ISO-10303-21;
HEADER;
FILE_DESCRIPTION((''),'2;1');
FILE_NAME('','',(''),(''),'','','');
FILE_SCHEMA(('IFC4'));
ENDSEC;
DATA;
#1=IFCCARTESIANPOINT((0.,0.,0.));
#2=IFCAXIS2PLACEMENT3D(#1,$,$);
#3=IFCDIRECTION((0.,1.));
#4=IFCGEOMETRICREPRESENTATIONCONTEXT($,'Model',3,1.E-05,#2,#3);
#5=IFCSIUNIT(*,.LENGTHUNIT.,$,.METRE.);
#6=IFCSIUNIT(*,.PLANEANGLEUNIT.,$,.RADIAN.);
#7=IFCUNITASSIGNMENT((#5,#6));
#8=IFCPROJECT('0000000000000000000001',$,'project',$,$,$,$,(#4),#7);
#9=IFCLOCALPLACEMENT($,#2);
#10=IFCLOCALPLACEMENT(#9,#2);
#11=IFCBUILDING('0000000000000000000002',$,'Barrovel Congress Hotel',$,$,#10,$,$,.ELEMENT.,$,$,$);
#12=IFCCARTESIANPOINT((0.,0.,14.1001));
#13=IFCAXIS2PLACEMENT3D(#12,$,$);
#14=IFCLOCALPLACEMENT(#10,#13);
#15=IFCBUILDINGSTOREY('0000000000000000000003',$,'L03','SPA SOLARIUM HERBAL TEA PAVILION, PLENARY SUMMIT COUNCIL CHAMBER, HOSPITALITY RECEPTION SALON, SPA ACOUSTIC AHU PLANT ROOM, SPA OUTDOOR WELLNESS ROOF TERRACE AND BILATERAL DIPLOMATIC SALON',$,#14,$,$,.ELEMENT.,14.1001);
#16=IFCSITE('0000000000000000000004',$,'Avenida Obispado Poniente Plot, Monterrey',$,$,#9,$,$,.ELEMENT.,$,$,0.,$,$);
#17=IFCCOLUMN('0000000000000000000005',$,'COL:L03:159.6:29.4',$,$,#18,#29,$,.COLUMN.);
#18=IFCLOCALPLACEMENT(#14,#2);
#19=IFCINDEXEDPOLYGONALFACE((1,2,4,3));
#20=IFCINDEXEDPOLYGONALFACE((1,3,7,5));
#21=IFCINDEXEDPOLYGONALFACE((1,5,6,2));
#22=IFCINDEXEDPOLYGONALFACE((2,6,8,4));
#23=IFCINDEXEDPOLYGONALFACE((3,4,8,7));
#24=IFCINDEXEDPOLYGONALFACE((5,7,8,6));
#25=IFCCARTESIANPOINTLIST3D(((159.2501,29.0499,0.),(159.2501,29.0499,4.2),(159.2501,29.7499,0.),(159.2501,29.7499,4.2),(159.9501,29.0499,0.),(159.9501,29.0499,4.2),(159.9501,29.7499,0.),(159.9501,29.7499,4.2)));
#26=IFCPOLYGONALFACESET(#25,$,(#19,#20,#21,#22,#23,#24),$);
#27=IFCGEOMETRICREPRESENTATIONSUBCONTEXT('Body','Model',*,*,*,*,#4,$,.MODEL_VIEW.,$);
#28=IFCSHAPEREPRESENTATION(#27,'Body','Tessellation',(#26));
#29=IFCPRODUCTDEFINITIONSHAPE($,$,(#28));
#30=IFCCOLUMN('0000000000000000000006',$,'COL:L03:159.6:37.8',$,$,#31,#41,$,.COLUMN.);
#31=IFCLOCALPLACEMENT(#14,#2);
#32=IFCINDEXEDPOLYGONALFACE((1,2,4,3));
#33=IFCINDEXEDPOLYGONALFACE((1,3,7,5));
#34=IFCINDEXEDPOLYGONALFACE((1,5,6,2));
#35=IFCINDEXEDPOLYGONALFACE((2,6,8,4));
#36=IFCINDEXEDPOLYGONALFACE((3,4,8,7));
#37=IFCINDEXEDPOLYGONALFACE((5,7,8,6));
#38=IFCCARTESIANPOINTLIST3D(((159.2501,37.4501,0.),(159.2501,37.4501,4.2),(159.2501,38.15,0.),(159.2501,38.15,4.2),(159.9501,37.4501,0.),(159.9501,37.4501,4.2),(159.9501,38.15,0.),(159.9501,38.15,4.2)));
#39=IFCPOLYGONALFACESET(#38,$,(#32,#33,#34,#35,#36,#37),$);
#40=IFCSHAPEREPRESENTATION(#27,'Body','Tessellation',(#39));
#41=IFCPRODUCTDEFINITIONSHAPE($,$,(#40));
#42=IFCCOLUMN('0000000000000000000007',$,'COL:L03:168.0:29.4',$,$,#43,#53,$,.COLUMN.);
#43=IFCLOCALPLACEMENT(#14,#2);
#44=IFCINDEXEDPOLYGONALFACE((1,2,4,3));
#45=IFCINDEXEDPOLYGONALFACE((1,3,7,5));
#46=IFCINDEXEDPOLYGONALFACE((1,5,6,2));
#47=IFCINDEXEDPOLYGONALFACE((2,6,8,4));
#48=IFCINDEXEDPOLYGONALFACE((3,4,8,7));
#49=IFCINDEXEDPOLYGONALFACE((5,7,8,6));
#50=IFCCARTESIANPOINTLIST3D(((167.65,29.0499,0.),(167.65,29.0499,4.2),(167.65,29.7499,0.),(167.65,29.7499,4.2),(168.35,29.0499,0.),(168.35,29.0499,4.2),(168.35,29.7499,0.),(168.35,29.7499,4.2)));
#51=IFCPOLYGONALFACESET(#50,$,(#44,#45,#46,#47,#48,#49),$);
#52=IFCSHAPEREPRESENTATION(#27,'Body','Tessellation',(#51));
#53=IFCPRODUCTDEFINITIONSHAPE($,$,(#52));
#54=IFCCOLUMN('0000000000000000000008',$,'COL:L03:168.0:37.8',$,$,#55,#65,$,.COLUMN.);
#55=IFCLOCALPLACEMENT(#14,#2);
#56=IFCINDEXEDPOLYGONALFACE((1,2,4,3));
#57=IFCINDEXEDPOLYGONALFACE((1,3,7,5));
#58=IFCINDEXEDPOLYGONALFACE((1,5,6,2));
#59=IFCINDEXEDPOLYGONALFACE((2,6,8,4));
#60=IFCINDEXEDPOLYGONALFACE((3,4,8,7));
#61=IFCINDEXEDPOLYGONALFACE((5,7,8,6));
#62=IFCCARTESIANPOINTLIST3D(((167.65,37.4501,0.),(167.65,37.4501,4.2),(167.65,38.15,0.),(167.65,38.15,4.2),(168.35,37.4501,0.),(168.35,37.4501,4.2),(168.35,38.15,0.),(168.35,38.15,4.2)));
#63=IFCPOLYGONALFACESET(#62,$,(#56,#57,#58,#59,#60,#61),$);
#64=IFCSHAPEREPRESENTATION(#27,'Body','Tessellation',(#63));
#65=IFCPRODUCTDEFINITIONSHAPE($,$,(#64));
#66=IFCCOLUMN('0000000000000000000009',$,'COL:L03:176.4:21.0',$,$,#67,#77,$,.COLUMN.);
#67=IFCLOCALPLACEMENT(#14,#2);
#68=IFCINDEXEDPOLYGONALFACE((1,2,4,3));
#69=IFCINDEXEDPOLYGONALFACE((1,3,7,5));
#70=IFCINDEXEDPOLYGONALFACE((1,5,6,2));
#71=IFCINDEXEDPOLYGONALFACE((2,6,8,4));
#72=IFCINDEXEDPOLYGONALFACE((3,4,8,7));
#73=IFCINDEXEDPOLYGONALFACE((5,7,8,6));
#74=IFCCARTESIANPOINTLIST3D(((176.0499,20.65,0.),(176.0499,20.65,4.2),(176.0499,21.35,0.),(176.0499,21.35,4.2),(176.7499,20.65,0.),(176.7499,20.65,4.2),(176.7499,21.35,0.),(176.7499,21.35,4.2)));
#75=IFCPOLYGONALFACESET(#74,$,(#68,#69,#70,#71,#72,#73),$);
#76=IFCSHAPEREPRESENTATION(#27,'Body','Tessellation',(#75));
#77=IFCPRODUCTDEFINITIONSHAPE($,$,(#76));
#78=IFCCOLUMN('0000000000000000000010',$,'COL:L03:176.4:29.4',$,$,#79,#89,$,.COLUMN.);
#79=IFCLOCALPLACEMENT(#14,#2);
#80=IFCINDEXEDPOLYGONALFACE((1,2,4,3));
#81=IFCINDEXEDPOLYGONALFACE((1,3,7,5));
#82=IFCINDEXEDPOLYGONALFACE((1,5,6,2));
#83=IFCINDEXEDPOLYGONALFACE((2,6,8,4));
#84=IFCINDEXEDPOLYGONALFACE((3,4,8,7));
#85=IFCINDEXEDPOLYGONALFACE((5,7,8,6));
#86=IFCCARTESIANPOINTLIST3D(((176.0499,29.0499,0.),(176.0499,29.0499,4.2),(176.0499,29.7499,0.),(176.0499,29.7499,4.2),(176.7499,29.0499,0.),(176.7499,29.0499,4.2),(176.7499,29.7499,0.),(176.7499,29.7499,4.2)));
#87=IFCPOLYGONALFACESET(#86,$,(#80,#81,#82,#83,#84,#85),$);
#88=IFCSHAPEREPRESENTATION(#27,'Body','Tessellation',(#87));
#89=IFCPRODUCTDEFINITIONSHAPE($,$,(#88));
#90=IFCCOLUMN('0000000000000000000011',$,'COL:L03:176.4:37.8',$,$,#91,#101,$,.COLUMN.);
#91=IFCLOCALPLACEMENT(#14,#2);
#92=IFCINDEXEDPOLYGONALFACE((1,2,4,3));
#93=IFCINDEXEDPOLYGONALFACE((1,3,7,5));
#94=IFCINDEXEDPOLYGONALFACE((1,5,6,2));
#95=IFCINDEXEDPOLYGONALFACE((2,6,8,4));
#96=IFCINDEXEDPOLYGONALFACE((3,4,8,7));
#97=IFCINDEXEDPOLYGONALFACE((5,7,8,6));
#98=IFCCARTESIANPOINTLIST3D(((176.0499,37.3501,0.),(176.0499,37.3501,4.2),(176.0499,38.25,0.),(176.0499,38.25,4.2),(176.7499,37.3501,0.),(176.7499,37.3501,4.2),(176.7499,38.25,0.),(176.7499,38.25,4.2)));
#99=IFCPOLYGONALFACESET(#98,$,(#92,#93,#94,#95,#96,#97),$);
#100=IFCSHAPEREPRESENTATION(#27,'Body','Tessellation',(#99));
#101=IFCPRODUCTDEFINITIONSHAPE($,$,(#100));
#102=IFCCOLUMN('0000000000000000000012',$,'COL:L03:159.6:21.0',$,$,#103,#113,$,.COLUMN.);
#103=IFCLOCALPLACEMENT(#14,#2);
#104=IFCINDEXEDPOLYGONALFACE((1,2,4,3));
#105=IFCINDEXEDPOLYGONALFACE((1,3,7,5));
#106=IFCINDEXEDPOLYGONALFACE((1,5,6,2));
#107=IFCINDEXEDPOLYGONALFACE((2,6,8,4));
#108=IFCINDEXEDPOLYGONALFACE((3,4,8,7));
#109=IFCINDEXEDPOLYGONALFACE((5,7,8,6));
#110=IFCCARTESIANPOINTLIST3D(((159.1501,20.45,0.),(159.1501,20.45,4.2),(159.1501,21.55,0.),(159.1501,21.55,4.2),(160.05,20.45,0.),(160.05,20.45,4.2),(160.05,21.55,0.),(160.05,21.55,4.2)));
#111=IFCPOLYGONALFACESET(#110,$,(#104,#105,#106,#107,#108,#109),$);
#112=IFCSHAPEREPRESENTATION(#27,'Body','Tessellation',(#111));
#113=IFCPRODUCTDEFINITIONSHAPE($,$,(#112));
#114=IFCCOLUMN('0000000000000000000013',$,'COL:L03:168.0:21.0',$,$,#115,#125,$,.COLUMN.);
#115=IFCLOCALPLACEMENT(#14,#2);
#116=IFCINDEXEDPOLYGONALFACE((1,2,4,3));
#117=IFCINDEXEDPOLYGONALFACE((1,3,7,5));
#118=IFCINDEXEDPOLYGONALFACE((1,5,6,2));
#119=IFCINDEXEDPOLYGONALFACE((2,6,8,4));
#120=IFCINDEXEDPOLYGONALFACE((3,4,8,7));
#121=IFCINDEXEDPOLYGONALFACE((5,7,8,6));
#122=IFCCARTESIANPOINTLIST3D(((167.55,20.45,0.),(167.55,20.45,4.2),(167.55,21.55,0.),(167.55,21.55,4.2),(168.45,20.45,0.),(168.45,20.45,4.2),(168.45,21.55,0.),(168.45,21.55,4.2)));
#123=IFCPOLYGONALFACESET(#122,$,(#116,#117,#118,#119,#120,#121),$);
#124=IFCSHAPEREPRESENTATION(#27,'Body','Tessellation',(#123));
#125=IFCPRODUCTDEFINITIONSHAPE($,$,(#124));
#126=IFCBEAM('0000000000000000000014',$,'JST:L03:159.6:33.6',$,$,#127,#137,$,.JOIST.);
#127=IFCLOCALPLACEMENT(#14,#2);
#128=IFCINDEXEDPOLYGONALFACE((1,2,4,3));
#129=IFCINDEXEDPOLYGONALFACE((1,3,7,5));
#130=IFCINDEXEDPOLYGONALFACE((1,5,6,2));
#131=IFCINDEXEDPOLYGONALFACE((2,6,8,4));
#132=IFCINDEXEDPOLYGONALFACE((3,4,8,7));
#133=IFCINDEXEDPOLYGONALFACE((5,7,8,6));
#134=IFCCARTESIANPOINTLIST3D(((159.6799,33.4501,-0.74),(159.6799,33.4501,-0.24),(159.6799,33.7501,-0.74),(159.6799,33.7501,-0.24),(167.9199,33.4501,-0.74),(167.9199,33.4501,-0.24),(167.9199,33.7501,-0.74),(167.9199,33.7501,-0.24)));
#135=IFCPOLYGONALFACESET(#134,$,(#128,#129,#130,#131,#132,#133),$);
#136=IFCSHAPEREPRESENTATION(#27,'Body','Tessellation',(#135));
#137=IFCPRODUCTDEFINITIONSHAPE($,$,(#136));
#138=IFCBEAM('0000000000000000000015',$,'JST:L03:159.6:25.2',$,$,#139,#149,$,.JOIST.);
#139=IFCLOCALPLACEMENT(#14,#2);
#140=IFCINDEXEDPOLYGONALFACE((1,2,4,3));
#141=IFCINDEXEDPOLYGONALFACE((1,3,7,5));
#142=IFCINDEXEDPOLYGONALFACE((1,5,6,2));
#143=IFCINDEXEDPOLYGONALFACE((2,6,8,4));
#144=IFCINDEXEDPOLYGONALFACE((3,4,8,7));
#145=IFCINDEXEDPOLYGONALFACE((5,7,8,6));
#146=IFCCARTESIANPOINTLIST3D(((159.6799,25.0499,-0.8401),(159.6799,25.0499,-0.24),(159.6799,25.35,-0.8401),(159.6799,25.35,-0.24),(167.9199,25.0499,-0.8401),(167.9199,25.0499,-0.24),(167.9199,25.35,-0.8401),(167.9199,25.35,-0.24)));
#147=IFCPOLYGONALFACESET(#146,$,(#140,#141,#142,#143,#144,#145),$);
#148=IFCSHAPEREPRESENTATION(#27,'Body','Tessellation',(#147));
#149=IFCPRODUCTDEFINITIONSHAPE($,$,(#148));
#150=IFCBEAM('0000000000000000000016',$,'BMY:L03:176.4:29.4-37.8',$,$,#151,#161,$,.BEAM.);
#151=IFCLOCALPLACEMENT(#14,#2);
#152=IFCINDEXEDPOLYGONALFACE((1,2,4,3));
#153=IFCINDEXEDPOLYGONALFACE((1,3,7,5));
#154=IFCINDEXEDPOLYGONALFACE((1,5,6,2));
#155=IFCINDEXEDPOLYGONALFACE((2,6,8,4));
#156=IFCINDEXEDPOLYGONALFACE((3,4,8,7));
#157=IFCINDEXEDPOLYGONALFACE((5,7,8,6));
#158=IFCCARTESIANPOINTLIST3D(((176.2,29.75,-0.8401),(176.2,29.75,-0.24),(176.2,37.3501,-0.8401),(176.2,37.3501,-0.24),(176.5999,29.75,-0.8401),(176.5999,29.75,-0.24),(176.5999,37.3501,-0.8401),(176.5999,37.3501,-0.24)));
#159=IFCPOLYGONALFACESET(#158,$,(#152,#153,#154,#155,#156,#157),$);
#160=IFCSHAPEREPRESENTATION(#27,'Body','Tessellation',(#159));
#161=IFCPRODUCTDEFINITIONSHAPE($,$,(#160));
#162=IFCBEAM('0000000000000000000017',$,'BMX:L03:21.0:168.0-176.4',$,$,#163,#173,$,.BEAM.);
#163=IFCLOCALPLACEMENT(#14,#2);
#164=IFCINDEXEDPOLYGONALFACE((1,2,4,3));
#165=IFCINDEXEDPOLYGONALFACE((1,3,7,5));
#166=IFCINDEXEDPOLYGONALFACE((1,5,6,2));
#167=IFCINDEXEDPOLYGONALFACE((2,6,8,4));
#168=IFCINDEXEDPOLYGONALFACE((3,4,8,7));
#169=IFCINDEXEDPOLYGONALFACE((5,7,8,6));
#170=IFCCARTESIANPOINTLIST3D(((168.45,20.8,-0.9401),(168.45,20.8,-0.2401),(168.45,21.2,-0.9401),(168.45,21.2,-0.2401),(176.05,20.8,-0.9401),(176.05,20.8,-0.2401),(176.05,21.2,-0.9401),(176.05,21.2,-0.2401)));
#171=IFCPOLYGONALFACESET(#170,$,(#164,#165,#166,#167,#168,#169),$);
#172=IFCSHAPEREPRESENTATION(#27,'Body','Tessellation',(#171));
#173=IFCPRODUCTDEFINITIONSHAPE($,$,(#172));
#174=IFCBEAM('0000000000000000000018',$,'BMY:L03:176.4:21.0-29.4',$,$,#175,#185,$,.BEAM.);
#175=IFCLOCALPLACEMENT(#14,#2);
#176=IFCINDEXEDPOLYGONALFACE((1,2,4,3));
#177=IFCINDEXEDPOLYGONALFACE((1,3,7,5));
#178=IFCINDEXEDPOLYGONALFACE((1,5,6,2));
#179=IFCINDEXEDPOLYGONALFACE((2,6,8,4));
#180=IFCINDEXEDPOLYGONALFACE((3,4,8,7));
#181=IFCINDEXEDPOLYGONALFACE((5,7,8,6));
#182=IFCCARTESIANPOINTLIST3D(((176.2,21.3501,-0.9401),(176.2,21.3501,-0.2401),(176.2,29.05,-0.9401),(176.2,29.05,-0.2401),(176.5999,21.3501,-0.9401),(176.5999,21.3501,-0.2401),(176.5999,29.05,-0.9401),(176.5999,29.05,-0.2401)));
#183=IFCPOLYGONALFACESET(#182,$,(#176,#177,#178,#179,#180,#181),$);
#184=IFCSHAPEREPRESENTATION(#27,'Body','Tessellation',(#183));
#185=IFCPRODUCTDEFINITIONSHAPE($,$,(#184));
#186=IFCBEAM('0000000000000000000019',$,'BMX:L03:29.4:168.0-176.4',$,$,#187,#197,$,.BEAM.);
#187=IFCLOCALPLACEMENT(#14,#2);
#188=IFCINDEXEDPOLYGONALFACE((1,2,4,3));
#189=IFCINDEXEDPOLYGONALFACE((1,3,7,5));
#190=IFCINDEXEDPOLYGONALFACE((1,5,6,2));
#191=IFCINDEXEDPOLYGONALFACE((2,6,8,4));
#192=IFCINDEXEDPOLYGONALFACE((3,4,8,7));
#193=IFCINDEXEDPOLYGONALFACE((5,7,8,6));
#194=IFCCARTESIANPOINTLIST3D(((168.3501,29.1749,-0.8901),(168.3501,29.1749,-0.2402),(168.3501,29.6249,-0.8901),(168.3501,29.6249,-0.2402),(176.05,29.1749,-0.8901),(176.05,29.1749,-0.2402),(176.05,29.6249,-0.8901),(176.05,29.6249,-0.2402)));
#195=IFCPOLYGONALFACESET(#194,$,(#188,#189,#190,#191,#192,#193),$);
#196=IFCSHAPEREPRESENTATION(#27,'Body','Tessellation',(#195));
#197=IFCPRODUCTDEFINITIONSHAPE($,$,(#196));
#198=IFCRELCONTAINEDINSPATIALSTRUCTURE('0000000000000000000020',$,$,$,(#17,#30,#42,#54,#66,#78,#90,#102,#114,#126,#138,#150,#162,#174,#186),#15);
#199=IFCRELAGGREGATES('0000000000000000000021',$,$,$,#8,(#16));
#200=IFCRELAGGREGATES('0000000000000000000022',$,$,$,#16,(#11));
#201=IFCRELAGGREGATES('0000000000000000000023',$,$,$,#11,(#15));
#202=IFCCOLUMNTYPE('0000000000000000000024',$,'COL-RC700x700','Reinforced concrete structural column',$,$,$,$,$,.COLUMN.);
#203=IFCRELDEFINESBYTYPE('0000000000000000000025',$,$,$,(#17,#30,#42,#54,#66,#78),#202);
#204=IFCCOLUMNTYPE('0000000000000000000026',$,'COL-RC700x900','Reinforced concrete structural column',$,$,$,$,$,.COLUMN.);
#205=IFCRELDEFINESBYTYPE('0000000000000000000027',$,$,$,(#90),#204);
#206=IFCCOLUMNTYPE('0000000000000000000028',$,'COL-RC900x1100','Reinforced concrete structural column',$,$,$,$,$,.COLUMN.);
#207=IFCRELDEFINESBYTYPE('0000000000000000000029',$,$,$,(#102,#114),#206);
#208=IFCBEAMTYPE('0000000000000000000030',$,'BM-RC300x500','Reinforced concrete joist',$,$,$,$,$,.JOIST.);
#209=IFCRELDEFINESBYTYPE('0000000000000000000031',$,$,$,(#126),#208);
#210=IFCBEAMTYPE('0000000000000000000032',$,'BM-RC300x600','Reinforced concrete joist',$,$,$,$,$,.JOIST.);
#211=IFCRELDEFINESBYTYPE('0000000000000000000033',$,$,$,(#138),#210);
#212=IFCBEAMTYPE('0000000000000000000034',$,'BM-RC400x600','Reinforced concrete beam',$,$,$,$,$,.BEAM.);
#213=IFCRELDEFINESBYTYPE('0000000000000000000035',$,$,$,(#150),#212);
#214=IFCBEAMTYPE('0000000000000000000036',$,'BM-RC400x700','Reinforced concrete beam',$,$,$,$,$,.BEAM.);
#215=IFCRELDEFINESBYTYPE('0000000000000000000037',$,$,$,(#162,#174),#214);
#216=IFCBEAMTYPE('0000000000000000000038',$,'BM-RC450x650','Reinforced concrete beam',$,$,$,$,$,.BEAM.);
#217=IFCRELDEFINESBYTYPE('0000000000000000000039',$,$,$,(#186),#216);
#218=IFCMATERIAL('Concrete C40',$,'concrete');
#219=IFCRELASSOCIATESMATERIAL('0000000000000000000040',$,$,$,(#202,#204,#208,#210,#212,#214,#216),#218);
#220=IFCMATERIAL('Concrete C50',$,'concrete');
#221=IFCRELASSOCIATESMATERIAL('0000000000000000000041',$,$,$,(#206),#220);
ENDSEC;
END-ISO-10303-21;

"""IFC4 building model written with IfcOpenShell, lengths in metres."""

from ifc_helpers import new_model, si_unit, direction, frame, origin, origin_2d, place, context, subcontext, project, spatial, rectangle, extrude, material, material_profile, profile_set, type_object, element, save


model = new_model("IFC4")

# Units and contexts
model_context = context("Model", 3, precision=1e-05, world=origin(), true_north=direction((0.0, 1.0)))
body_context = subcontext(model_context, "Body", "Model", "MODEL_VIEW")
ifc_project = project(units=[si_unit("LENGTHUNIT", "METRE"), si_unit("PLANEANGLEUNIT", "RADIAN")], contexts=[model_context])

# Site, building, storey
site_placement = place(None, origin())
site = spatial("IfcSite", under=ifc_project, at=site_placement, Name="Avenida Obispado Poniente Plot, Monterrey", CompositionType="ELEMENT", RefElevation=0.0)
building_placement = place(site_placement, origin())
building = spatial("IfcBuilding", under=site, at=building_placement, Name="Barrovel Congress Hotel", CompositionType="ELEMENT")
storey_placement = place(building_placement, frame((0.0, 0.0, 14.1001)))
storey = spatial("IfcBuildingStorey", under=building, at=storey_placement, Name="L03", Description="SPA SOLARIUM HERBAL TEA PAVILION, PLENARY SUMMIT COUNCIL CHAMBER, HOSPITALITY RECEPTION SALON, SPA ACOUSTIC AHU PLANT ROOM, SPA OUTDOOR WELLNESS ROOF TERRACE AND BILATERAL DIPLOMATIC SALON", CompositionType="ELEMENT", Elevation=14.1001)

# Columns
ifc_material_1 = material(Name="Concrete C40", Category="concrete")
ifc_material_profile_1 = material_profile(ifc_material_1, rectangle(XDim=0.7, YDim=0.7, at=origin_2d()), Name="RC700x700")
ifc_profile_set_1 = profile_set([ifc_material_profile_1], Name="Concrete C40")
column_type_1 = type_object("IfcColumnType", Name="COL-RC700x700", Description="Reinforced concrete structural column", PredefinedType="COLUMN", material=ifc_profile_set_1)
for number, where, z_axis, x_axis, name in (
    (1, (159.6001, 29.3999, 0.0), (0.0, 0.0, 1.0), (1.0, 0.0, 0.0), "COL:L03:159.6:29.4"),
    (2, (159.6001, 37.8, 0.0), (0.0, 0.0, 1.0), (1.0, 0.0, 0.0), "COL:L03:159.6:37.8"),
    (3, (168.0, 29.3999, 0.0), (0.0, 0.0, 1.0), (1.0, 0.0, 0.0), "COL:L03:168.0:29.4"),
    (4, (168.0, 37.8, 0.0), (0.0, 0.0, 1.0), (1.0, 0.0, 0.0), "COL:L03:168.0:37.8"),
    (5, (176.3999, 21.0, 0.0), (0.0, 0.0, 1.0), (1.0, 0.0, 0.0), "COL:L03:176.4:21.0"),
    (6, (176.3999, 29.3999, 0.0), (0.0, 0.0, 1.0), (1.0, 0.0, 0.0), "COL:L03:176.4:29.4"),
):
    element("IfcColumn", number, at=place(storey_placement, frame(where, z_axis=z_axis, x_axis=x_axis)), inside=storey, type_object=column_type_1, Name=name, PredefinedType="COLUMN", context=body_context, shape_type="SweptSolid", body=[
        extrude(rectangle(XDim=0.7, YDim=0.7, at=origin_2d()), origin(), (0.0, 0.0, 1.0), 4.2),
    ])
ifc_material_profile_2 = material_profile(ifc_material_1, rectangle(XDim=0.7, YDim=0.8999, at=origin_2d()), Name="RC700x900")
ifc_profile_set_2 = profile_set([ifc_material_profile_2], Name="Concrete C40")
column_type_2 = type_object("IfcColumnType", Name="COL-RC700x900", Description="Reinforced concrete structural column", PredefinedType="COLUMN", material=ifc_profile_set_2)
column_placement = place(storey_placement, frame((176.3999, 37.8, 0.0), z_axis=(0.0, 0.0, 1.0), x_axis=(1.0, 0.0, 0.0)))
element("IfcColumn", 7, at=column_placement, inside=storey, type_object=column_type_2, Name="COL:L03:176.4:37.8", PredefinedType="COLUMN", context=body_context, shape_type="SweptSolid", body=[
    extrude(rectangle(XDim=0.7, YDim=0.8999, at=origin_2d()), origin(), (0.0, 0.0, 1.0), 4.2),
])
ifc_material_2 = material(Name="Concrete C50", Category="concrete")
ifc_material_profile_3 = material_profile(ifc_material_2, rectangle(XDim=0.8999, YDim=1.1001, at=origin_2d()), Name="RC900x1100")
ifc_profile_set_3 = profile_set([ifc_material_profile_3], Name="Concrete C50")
column_type_3 = type_object("IfcColumnType", Name="COL-RC900x1100", Description="Reinforced concrete structural column", PredefinedType="COLUMN", material=ifc_profile_set_3)
for number, where, z_axis, x_axis, name in (
    (8, (159.6001, 21.0, 0.0), (0.0, 0.0, 1.0), (1.0, 0.0, 0.0), "COL:L03:159.6:21.0"),
    (9, (168.0, 21.0, 0.0), (0.0, 0.0, 1.0), (1.0, 0.0, 0.0), "COL:L03:168.0:21.0"),
):
    element("IfcColumn", number, at=place(storey_placement, frame(where, z_axis=z_axis, x_axis=x_axis)), inside=storey, type_object=column_type_3, Name=name, PredefinedType="COLUMN", context=body_context, shape_type="SweptSolid", body=[
        extrude(rectangle(XDim=0.8999, YDim=1.1001, at=origin_2d()), origin(), (0.0, 0.0, 1.0), 4.2),
    ])

# Beams
ifc_material_profile_4 = material_profile(ifc_material_1, rectangle(XDim=0.3, YDim=0.5, at=origin_2d()), Name="RC300x500")
ifc_profile_set_4 = profile_set([ifc_material_profile_4], Name="Concrete C40")
beam_type_1 = type_object("IfcBeamType", Name="BM-RC300x500", Description="Reinforced concrete joist", PredefinedType="JOIST", material=ifc_profile_set_4)
beam_1_placement = place(storey_placement, frame((159.6799, 33.6001, -0.49), z_axis=(1.0, 0.0, 0.0), x_axis=(0.0, 1.0, 0.0)))
element("IfcBeam", 10, at=beam_1_placement, inside=storey, type_object=beam_type_1, Name="JST:L03:159.6:33.6", PredefinedType="JOIST", context=body_context, shape_type="SweptSolid", body=[
    extrude(rectangle(XDim=0.3, YDim=0.5, at=origin_2d()), origin(), (0.0, 0.0, 1.0), 8.24),
])
ifc_material_profile_5 = material_profile(ifc_material_1, rectangle(XDim=0.3, YDim=0.6001, at=origin_2d()), Name="RC300x600")
ifc_profile_set_5 = profile_set([ifc_material_profile_5], Name="Concrete C40")
beam_type_2 = type_object("IfcBeamType", Name="BM-RC300x600", Description="Reinforced concrete joist", PredefinedType="JOIST", material=ifc_profile_set_5)
beam_2_placement = place(storey_placement, frame((159.6799, 25.2, -0.54), z_axis=(1.0, 0.0, 0.0), x_axis=(0.0, 1.0, 0.0)))
element("IfcBeam", 11, at=beam_2_placement, inside=storey, type_object=beam_type_2, Name="JST:L03:159.6:25.2", PredefinedType="JOIST", context=body_context, shape_type="SweptSolid", body=[
    extrude(rectangle(XDim=0.3, YDim=0.6001, at=origin_2d()), origin(), (0.0, 0.0, 1.0), 8.24),
])
ifc_material_profile_6 = material_profile(ifc_material_1, rectangle(XDim=0.3999, YDim=0.6001, at=origin_2d()), Name="RC400x600")
ifc_profile_set_6 = profile_set([ifc_material_profile_6], Name="Concrete C40")
beam_type_3 = type_object("IfcBeamType", Name="BM-RC400x600", Description="Reinforced concrete beam", PredefinedType="BEAM", material=ifc_profile_set_6)
beam_3_placement = place(storey_placement, frame((176.3999, 29.75, -0.54), z_axis=(0.0, 1.0, 0.0), x_axis=(-1.0, 0.0, 0.0)))
element("IfcBeam", 12, at=beam_3_placement, inside=storey, type_object=beam_type_3, Name="BMY:L03:176.4:29.4-37.8", PredefinedType="BEAM", context=body_context, shape_type="SweptSolid", body=[
    extrude(rectangle(XDim=0.3999, YDim=0.6001, at=origin_2d()), origin(), (0.0, 0.0, 1.0), 7.6001),
])
ifc_material_profile_7 = material_profile(ifc_material_1, rectangle(XDim=0.3999, YDim=0.7, at=origin_2d()), Name="RC400x700")
ifc_profile_set_7 = profile_set([ifc_material_profile_7], Name="Concrete C40")
beam_type_4 = type_object("IfcBeamType", Name="BM-RC400x700", Description="Reinforced concrete beam", PredefinedType="BEAM", material=ifc_profile_set_7)
beam_4_placement = place(storey_placement, frame((168.45, 21.0, -0.5901), z_axis=(1.0, 0.0, 0.0), x_axis=(0.0, 1.0, 0.0)))
element("IfcBeam", 13, at=beam_4_placement, inside=storey, type_object=beam_type_4, Name="BMX:L03:21.0:168.0-176.4", PredefinedType="BEAM", context=body_context, shape_type="SweptSolid", body=[
    extrude(rectangle(XDim=0.3999, YDim=0.7, at=origin_2d()), origin(), (0.0, 0.0, 1.0), 7.6001),
])
beam_5_placement = place(storey_placement, frame((176.3999, 21.3501, -0.5901), z_axis=(0.0, 1.0, 0.0), x_axis=(-1.0, 0.0, 0.0)))
element("IfcBeam", 14, at=beam_5_placement, inside=storey, type_object=beam_type_4, Name="BMY:L03:176.4:21.0-29.4", PredefinedType="BEAM", context=body_context, shape_type="SweptSolid", body=[
    extrude(rectangle(XDim=0.3999, YDim=0.7, at=origin_2d()), origin(), (0.0, 0.0, 1.0), 7.7),
])
ifc_material_profile_8 = material_profile(ifc_material_1, rectangle(XDim=0.45, YDim=0.6499, at=origin_2d()), Name="RC450x650")
ifc_profile_set_8 = profile_set([ifc_material_profile_8], Name="Concrete C40")
beam_type_5 = type_object("IfcBeamType", Name="BM-RC450x650", Description="Reinforced concrete beam", PredefinedType="BEAM", material=ifc_profile_set_8)
for number, where, z_axis, x_axis, name in (
    (15, (168.3501, 29.3999, -0.5652), (1.0, 0.0, 0.0), (0.0, 1.0, 0.0), "BMX:L03:29.4:168.0-176.4"),
):
    element("IfcBeam", number, at=place(storey_placement, frame(where, z_axis=z_axis, x_axis=x_axis)), inside=storey, type_object=beam_type_5, Name=name, PredefinedType="BEAM", context=body_context, shape_type="SweptSolid", body=[
        extrude(rectangle(XDim=0.45, YDim=0.6499, at=origin_2d()), origin(), (0.0, 0.0, 1.0), 7.7),
    ])

save(model, "model.ifc")
